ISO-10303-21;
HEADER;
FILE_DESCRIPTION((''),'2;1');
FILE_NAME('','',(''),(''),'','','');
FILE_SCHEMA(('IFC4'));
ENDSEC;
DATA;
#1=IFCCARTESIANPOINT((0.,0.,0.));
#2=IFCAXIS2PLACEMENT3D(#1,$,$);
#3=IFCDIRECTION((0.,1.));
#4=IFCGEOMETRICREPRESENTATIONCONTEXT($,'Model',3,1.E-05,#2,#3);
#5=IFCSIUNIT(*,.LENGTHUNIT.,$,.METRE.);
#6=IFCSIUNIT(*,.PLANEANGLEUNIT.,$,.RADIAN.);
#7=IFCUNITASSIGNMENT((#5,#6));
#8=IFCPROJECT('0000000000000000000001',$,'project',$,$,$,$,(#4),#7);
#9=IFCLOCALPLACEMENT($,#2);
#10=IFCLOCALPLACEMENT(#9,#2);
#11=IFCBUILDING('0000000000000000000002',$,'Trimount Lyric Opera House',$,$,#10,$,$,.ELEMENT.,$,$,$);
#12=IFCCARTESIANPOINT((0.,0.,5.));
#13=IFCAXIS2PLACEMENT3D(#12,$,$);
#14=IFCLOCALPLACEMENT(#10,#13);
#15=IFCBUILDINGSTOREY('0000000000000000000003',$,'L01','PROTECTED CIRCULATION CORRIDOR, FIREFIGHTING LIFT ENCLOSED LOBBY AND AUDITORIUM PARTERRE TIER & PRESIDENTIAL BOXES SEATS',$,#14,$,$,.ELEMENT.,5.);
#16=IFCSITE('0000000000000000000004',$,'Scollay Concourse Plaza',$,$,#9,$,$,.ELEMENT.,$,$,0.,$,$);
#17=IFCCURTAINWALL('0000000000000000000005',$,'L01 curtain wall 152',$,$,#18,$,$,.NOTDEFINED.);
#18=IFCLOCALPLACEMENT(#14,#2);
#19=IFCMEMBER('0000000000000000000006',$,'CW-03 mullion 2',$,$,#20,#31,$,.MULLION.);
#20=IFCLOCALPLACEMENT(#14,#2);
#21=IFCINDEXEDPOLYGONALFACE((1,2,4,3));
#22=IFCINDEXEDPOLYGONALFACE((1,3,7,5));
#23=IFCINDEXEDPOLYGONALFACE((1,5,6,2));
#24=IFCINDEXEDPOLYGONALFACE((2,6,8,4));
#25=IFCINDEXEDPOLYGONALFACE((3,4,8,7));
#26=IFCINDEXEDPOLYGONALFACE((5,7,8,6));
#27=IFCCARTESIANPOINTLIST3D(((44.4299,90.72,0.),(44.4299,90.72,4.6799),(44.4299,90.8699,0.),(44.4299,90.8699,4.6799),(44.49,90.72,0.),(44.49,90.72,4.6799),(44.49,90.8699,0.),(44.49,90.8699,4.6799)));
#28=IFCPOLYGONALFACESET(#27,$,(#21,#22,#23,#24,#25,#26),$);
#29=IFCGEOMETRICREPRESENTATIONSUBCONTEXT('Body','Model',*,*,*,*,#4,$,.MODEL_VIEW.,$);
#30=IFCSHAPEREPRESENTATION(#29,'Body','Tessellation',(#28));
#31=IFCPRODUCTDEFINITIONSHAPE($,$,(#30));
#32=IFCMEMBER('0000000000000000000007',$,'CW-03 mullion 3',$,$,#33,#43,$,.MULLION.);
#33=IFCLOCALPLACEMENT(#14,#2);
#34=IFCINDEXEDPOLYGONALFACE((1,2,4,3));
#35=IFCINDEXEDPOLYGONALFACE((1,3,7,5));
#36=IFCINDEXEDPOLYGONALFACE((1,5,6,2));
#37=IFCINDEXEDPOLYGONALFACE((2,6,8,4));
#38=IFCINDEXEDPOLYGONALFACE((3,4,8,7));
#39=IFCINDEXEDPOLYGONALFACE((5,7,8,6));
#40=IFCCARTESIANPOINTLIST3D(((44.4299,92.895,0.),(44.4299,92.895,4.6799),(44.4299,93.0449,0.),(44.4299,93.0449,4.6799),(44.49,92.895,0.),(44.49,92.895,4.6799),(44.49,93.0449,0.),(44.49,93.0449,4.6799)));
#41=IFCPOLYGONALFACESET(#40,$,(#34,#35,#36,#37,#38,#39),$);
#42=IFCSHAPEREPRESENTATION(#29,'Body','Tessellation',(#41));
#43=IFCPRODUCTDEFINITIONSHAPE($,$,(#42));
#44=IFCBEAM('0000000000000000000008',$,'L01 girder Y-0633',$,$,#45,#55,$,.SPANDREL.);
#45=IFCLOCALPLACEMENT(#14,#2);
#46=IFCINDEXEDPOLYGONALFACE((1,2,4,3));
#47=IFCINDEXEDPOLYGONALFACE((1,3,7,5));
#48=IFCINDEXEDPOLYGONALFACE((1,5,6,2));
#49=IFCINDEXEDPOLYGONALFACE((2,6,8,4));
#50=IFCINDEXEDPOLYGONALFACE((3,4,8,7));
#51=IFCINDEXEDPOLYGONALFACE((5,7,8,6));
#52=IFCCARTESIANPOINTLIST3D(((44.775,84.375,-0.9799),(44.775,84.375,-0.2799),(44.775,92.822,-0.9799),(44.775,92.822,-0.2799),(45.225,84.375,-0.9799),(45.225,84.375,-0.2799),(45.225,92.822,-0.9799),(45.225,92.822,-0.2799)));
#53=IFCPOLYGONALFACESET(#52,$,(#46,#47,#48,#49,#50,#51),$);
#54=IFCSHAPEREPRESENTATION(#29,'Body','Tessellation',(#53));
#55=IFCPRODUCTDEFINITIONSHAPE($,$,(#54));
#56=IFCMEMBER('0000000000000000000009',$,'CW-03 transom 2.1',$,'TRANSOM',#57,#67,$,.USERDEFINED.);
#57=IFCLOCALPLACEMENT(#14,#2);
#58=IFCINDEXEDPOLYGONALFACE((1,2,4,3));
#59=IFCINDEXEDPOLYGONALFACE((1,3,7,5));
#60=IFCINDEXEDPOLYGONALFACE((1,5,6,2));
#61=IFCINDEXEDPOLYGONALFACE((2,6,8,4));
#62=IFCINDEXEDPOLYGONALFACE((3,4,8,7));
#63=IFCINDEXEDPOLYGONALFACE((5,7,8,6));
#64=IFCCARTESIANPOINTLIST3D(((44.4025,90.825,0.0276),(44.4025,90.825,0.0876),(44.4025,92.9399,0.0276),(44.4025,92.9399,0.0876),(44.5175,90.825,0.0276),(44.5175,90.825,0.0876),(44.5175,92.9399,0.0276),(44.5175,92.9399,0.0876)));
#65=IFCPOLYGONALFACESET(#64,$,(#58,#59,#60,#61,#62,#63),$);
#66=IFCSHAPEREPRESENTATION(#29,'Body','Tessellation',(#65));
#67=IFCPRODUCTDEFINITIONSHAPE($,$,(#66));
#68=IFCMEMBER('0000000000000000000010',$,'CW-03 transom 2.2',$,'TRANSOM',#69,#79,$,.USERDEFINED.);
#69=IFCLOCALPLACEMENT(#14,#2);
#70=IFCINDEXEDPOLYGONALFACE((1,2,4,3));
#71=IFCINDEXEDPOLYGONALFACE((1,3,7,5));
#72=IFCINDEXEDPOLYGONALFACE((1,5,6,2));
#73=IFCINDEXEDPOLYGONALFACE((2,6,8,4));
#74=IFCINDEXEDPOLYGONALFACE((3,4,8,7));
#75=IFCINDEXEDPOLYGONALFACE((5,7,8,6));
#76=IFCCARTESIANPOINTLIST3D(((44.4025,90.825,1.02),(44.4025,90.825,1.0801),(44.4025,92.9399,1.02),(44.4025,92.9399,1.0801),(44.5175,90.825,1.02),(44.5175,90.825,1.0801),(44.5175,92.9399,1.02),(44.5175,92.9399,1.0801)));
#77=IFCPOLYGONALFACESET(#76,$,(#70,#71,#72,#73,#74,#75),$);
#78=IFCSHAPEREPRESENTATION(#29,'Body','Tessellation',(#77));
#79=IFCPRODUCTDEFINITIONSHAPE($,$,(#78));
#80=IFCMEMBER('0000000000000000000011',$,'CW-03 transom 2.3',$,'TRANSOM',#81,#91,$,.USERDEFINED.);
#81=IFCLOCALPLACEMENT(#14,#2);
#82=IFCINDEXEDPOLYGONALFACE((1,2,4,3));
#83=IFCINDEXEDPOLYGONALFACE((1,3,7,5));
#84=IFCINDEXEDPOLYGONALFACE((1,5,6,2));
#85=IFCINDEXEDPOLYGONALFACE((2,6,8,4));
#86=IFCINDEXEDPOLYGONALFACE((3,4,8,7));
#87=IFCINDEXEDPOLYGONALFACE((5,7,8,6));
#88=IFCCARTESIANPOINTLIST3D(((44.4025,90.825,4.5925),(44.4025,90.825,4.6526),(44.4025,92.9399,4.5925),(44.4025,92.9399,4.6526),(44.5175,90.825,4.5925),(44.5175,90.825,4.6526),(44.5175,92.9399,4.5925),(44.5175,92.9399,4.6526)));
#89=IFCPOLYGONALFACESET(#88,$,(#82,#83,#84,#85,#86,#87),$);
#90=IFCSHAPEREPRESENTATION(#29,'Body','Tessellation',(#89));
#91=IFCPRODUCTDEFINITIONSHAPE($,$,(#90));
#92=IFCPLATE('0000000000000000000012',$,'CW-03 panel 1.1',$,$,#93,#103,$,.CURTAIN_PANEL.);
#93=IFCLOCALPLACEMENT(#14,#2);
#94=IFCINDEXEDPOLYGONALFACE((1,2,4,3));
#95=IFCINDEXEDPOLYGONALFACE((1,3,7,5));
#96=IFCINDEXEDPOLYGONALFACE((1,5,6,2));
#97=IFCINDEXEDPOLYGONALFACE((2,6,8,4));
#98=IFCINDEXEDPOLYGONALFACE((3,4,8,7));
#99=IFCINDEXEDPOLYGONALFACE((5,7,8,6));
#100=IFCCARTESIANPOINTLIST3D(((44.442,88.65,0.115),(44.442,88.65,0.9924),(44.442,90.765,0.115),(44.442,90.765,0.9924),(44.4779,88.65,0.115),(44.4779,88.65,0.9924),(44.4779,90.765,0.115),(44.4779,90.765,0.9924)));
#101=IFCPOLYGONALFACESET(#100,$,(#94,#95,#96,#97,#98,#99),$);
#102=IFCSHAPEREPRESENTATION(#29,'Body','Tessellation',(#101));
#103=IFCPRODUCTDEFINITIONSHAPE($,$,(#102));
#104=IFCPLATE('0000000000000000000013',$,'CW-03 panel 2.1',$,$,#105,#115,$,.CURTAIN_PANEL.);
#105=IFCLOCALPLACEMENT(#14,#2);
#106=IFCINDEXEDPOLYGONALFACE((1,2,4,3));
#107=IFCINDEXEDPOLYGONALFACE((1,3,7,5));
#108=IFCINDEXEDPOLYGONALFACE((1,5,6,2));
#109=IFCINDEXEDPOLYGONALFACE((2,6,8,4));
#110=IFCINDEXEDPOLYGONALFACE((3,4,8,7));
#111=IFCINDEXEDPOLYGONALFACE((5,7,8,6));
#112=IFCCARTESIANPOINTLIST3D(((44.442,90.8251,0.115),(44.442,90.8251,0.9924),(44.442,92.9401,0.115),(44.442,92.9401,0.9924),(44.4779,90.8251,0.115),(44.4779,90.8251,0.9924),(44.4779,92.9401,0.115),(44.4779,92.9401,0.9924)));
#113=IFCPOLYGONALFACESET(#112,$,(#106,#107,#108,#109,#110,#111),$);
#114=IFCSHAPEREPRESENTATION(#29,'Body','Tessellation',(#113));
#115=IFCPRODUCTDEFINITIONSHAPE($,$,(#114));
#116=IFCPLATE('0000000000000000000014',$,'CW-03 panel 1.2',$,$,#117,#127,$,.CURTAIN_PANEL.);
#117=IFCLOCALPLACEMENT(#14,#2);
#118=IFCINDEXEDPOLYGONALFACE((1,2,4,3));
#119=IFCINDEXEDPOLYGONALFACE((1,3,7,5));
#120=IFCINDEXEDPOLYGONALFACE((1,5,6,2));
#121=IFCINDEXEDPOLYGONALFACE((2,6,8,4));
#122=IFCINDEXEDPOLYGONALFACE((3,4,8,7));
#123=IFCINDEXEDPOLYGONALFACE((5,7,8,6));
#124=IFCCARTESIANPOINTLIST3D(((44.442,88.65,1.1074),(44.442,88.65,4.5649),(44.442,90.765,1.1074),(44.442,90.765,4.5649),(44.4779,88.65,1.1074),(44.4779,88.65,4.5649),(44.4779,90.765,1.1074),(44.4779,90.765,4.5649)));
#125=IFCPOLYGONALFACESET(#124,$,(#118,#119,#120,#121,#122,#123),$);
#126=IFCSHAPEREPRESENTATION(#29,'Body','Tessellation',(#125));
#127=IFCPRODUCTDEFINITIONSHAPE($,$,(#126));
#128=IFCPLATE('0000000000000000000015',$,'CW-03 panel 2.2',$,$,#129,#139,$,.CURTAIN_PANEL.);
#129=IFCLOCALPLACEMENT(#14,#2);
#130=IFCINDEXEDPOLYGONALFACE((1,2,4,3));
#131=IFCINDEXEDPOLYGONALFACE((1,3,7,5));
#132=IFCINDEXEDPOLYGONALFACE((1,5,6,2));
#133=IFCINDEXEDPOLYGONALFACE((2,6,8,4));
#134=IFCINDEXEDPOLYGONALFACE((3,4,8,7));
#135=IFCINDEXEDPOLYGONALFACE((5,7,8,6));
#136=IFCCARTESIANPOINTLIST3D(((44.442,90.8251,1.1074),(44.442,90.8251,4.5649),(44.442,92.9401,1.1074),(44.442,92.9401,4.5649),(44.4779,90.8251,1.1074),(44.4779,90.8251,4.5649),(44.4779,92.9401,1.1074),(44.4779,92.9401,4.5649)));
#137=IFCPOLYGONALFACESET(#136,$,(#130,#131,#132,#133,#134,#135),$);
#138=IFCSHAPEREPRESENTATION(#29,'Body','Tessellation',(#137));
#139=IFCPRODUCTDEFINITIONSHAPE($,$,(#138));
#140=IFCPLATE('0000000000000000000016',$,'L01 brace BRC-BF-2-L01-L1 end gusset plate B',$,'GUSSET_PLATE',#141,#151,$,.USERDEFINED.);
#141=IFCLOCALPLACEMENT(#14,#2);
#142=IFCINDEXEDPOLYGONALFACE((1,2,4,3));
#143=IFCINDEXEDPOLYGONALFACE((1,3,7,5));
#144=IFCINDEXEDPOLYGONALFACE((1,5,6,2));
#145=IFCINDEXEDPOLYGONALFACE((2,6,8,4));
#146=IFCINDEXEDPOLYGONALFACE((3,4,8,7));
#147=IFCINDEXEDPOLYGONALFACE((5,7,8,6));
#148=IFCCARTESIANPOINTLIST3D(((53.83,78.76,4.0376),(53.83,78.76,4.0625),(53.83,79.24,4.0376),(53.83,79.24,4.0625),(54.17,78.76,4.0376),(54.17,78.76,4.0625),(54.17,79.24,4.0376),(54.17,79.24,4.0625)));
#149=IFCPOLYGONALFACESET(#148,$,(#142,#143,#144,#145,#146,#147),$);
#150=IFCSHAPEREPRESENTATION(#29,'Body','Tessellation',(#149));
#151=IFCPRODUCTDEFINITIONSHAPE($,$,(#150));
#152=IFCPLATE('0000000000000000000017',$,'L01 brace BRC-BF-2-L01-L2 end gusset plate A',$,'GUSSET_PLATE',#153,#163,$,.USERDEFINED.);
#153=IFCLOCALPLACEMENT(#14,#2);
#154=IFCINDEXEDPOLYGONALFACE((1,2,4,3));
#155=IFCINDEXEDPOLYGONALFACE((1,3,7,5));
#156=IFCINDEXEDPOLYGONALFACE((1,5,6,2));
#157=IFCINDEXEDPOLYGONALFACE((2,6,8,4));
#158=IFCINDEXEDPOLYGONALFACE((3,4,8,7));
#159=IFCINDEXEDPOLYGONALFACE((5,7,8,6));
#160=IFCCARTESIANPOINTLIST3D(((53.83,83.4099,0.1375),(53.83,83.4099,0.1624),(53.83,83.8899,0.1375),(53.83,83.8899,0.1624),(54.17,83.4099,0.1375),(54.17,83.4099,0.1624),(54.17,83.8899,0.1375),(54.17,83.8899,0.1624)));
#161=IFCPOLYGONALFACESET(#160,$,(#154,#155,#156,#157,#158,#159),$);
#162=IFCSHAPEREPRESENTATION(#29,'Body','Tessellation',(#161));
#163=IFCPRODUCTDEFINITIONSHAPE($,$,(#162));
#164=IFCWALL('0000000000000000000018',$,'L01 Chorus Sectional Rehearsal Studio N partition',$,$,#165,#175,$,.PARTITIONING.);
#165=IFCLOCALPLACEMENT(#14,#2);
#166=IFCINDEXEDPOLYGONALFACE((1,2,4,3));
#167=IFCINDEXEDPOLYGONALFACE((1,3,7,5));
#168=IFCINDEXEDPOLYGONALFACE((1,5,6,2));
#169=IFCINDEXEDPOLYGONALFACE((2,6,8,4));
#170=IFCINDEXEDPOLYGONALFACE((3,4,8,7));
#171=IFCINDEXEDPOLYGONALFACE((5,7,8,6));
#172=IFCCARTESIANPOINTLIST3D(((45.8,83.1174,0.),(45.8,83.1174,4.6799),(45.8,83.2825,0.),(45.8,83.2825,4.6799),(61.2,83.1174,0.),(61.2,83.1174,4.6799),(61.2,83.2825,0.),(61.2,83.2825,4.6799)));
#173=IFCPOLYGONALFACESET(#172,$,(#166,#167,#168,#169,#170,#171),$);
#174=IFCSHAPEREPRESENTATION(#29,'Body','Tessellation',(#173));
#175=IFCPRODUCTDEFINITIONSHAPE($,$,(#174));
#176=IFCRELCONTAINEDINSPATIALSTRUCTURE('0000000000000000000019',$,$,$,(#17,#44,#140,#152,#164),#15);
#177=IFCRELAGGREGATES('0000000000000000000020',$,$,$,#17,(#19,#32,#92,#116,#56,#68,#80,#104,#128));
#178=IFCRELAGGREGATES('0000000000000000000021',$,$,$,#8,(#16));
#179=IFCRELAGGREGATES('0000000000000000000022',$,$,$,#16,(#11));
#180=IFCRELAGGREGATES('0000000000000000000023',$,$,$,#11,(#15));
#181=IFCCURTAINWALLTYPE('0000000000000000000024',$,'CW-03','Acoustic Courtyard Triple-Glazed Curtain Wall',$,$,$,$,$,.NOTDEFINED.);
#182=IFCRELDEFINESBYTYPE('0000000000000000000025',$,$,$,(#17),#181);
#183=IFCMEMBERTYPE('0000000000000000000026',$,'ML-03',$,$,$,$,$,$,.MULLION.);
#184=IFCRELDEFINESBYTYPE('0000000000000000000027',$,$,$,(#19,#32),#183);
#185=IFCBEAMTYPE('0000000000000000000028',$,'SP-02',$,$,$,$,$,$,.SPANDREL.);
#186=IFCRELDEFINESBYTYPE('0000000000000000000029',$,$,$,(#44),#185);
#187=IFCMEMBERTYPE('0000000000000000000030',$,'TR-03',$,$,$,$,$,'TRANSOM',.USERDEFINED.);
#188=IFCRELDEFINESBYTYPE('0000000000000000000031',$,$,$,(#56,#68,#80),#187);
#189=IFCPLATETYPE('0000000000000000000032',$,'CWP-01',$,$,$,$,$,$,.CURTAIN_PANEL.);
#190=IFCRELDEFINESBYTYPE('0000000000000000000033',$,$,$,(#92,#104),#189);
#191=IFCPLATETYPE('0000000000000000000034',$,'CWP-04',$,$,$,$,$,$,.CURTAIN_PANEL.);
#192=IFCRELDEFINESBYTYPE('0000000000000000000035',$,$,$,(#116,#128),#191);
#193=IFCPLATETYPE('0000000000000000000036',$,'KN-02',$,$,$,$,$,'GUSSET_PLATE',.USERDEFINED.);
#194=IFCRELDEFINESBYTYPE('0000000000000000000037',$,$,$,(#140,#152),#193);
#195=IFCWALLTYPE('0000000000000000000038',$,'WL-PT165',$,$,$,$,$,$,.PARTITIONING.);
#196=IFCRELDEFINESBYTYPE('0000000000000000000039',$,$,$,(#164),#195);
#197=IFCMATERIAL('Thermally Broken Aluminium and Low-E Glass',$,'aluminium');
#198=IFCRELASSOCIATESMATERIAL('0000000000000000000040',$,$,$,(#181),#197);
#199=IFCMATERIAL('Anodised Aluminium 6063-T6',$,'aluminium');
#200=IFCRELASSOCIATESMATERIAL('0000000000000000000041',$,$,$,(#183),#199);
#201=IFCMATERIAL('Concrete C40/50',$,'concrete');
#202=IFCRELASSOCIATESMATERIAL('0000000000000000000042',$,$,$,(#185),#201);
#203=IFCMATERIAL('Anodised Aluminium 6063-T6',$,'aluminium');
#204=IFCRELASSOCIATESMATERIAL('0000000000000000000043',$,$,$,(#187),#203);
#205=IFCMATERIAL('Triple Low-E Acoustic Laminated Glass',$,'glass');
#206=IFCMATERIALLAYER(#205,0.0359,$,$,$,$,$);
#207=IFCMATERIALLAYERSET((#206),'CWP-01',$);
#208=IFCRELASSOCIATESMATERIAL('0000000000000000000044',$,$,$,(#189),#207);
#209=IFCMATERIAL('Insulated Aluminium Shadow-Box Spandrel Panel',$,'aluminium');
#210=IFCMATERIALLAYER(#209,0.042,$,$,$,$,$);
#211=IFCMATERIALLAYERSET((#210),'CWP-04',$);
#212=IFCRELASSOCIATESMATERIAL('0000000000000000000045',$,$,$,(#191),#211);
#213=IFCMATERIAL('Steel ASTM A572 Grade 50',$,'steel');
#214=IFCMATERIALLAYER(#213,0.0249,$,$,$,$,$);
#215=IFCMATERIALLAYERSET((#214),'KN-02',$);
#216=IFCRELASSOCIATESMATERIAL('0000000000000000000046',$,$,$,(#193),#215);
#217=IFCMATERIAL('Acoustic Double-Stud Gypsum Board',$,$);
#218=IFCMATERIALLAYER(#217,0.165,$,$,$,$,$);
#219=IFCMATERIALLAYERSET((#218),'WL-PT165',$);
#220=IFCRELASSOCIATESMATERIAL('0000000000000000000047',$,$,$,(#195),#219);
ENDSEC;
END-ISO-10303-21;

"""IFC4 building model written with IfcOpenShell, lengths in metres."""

from ifc_helpers import new_model, si_unit, direction, frame, frame_2d, origin, origin_2d, place, context, subcontext, project, spatial, rectangle, extrude, material, layer, layer_set, material_profile, profile_set, type_object, element, aggregate, save


model = new_model("IFC4")

# Units and contexts
model_context = context("Model", 3, precision=1e-05, world=origin(), true_north=direction((0.0, 1.0)))
body_context = subcontext(model_context, "Body", "Model", "MODEL_VIEW")
ifc_project = project(units=[si_unit("LENGTHUNIT", "METRE"), si_unit("PLANEANGLEUNIT", "RADIAN")], contexts=[model_context])

# Site, building, storey
site_placement = place(None, origin())
site = spatial("IfcSite", under=ifc_project, at=site_placement, Name="Scollay Concourse Plaza", CompositionType="ELEMENT", RefElevation=0.0)
building_placement = place(site_placement, origin())
building = spatial("IfcBuilding", under=site, at=building_placement, Name="Trimount Lyric Opera House", CompositionType="ELEMENT")
storey_placement = place(building_placement, frame((0.0, 0.0, 5.0)))
storey = spatial("IfcBuildingStorey", under=building, at=storey_placement, Name="L01", Description="PROTECTED CIRCULATION CORRIDOR, FIREFIGHTING LIFT ENCLOSED LOBBY AND AUDITORIUM PARTERRE TIER & PRESIDENTIAL BOXES SEATS", CompositionType="ELEMENT", Elevation=5.0)

# Curtain wall, members
ifc_material_1 = material(Name="Thermally Broken Aluminium and Low-E Glass", Category="aluminium")
curtain_wall_type = type_object("IfcCurtainWallType", Name="CW-03", Description="Acoustic Courtyard Triple-Glazed Curtain Wall", PredefinedType="NOTDEFINED", material=ifc_material_1)
curtain_wall_placement = place(storey_placement, origin())
curtain_wall = element("IfcCurtainWall", 1, at=curtain_wall_placement, inside=storey, type_object=curtain_wall_type, Name="L01 curtain wall 152", PredefinedType="NOTDEFINED")
ifc_material_2 = material(Name="Anodised Aluminium 6063-T6", Category="aluminium")
ifc_material_profile_1 = material_profile(ifc_material_2, rectangle(XDim=0.0601, YDim=0.1499, at=origin_2d()), Name="ALU-MULL-60X150")
ifc_profile_set_1 = profile_set([ifc_material_profile_1], Name="Anodised Aluminium 6063-T6")
member_type_1 = type_object("IfcMemberType", Name="ML-03", PredefinedType="MULLION", material=ifc_profile_set_1)
member_1_placement = place(storey_placement, frame((44.46, 90.7949, 0.0), z_axis=(0.0, 0.0, 1.0), x_axis=(-1.0, 0.0, 0.0)))
member_1 = element("IfcMember", 2, at=member_1_placement, type_object=member_type_1, Name="CW-03 mullion 2", PredefinedType="MULLION", context=body_context, shape_type="SweptSolid", body=[
    extrude(rectangle(XDim=0.0601, YDim=0.1499, at=origin_2d()), origin(), (0.0, 0.0, 1.0), 4.6799),
])
member_2_placement = place(storey_placement, frame((44.46, 92.97, 0.0), z_axis=(0.0, 0.0, 1.0), x_axis=(-1.0, 0.0, 0.0)))
member_2 = element("IfcMember", 3, at=member_2_placement, type_object=member_type_1, Name="CW-03 mullion 3", PredefinedType="MULLION", context=body_context, shape_type="SweptSolid", body=[
    extrude(rectangle(XDim=0.0601, YDim=0.1499, at=origin_2d()), origin(), (0.0, 0.0, 1.0), 4.6799),
])

# Beam
ifc_material_3 = material(Name="Concrete C40/50", Category="concrete")
ifc_material_profile_2 = material_profile(ifc_material_3, rectangle(XDim=0.45, YDim=0.7, at=origin_2d()), Name="RC450X700")
ifc_profile_set_2 = profile_set([ifc_material_profile_2], Name="Concrete C40/50")
beam_type_1 = type_object("IfcBeamType", Name="SP-02", PredefinedType="SPANDREL", material=ifc_profile_set_2)
beam_1_placement = place(storey_placement, frame((45.0, 84.375, -0.6299), z_axis=(0.0, 1.0, 0.0), x_axis=(-1.0, 0.0, 0.0)))
element("IfcBeam", 4, at=beam_1_placement, inside=storey, type_object=beam_type_1, Name="L01 girder Y-0633", PredefinedType="SPANDREL", context=body_context, shape_type="SweptSolid", body=[
    extrude(rectangle(XDim=0.45, YDim=0.7, at=origin_2d()), origin(), (0.0, 0.0, 1.0), 8.447),
])

# Members
ifc_material_4 = material(Name="Anodised Aluminium 6063-T6", Category="aluminium")
ifc_material_profile_3 = material_profile(ifc_material_4, rectangle(XDim=0.115, YDim=0.0601, at=origin_2d()), Name="ALU-TRAN-60X115")
ifc_profile_set_3 = profile_set([ifc_material_profile_3], Name="Anodised Aluminium 6063-T6")
member_type_2 = type_object("IfcMemberType", Name="TR-03", ElementType="TRANSOM", PredefinedType="USERDEFINED", material=ifc_profile_set_3)
member_3_placement = place(storey_placement, frame((44.46, 90.825, 0.0576), z_axis=(0.0, 1.0, 0.0), x_axis=(-1.0, 0.0, 0.0)))
member_3 = element("IfcMember", 5, at=member_3_placement, type_object=member_type_2, Name="CW-03 transom 2.1", ObjectType="TRANSOM", PredefinedType="USERDEFINED", context=body_context, shape_type="SweptSolid", body=[
    extrude(rectangle(XDim=0.115, YDim=0.0601, at=origin_2d()), origin(), (0.0, 0.0, 1.0), 2.115),
])
member_4_placement = place(storey_placement, frame((44.46, 90.825, 1.05), z_axis=(0.0, 1.0, 0.0), x_axis=(-1.0, 0.0, 0.0)))
member_4 = element("IfcMember", 6, at=member_4_placement, type_object=member_type_2, Name="CW-03 transom 2.2", ObjectType="TRANSOM", PredefinedType="USERDEFINED", context=body_context, shape_type="SweptSolid", body=[
    extrude(rectangle(XDim=0.115, YDim=0.0601, at=origin_2d()), origin(), (0.0, 0.0, 1.0), 2.115),
])
member_5_placement = place(storey_placement, frame((44.46, 90.825, 4.6226), z_axis=(0.0, 1.0, 0.0), x_axis=(-1.0, 0.0, 0.0)))
member_5 = element("IfcMember", 7, at=member_5_placement, type_object=member_type_2, Name="CW-03 transom 2.3", ObjectType="TRANSOM", PredefinedType="USERDEFINED", context=body_context, shape_type="SweptSolid", body=[
    extrude(rectangle(XDim=0.115, YDim=0.0601, at=origin_2d()), origin(), (0.0, 0.0, 1.0), 2.115),
])

# Plates
ifc_material_5 = material(Name="Triple Low-E Acoustic Laminated Glass", Category="glass")
ifc_layer_1 = layer(ifc_material_5, 0.0359)
ifc_layer_set_1 = layer_set([ifc_layer_1], Name="CWP-01")
plate_type_1 = type_object("IfcPlateType", Name="CWP-01", PredefinedType="CURTAIN_PANEL", material=ifc_layer_set_1)
plate_1_placement = place(storey_placement, frame((44.46, 89.7075, 0.115), z_axis=(0.0, 0.0, 1.0), x_axis=(0.0, 1.0, 0.0)))
plate_1 = element("IfcPlate", 8, at=plate_1_placement, type_object=plate_type_1, Name="CW-03 panel 1.1", PredefinedType="CURTAIN_PANEL", context=body_context, shape_type="SweptSolid", body=[
    extrude(rectangle(XDim=2.115, YDim=0.0359, at=origin_2d()), origin(), (0.0, 0.0, 1.0), 0.8774),
])
plate_2_placement = place(storey_placement, frame((44.46, 91.8826, 0.115), z_axis=(0.0, 0.0, 1.0), x_axis=(0.0, 1.0, 0.0)))
plate_2 = element("IfcPlate", 9, at=plate_2_placement, type_object=plate_type_1, Name="CW-03 panel 2.1", PredefinedType="CURTAIN_PANEL", context=body_context, shape_type="SweptSolid", body=[
    extrude(rectangle(XDim=2.115, YDim=0.0359, at=origin_2d()), origin(), (0.0, 0.0, 1.0), 0.8774),
])
ifc_material_6 = material(Name="Insulated Aluminium Shadow-Box Spandrel Panel", Category="aluminium")
ifc_layer_2 = layer(ifc_material_6, 0.042)
ifc_layer_set_2 = layer_set([ifc_layer_2], Name="CWP-04")
plate_type_2 = type_object("IfcPlateType", Name="CWP-04", PredefinedType="CURTAIN_PANEL", material=ifc_layer_set_2)
plate_3_placement = place(storey_placement, frame((44.46, 89.7075, 1.1074), z_axis=(0.0, 0.0, 1.0), x_axis=(0.0, 1.0, 0.0)))
plate_3 = element("IfcPlate", 10, at=plate_3_placement, type_object=plate_type_2, Name="CW-03 panel 1.2", PredefinedType="CURTAIN_PANEL", context=body_context, shape_type="SweptSolid", body=[
    extrude(rectangle(XDim=2.115, YDim=0.0359, at=origin_2d()), origin(), (0.0, 0.0, 1.0), 3.4575),
])
plate_4_placement = place(storey_placement, frame((44.46, 91.8826, 1.1074), z_axis=(0.0, 0.0, 1.0), x_axis=(0.0, 1.0, 0.0)))
plate_4 = element("IfcPlate", 11, at=plate_4_placement, type_object=plate_type_2, Name="CW-03 panel 2.2", PredefinedType="CURTAIN_PANEL", context=body_context, shape_type="SweptSolid", body=[
    extrude(rectangle(XDim=2.115, YDim=0.0359, at=origin_2d()), origin(), (0.0, 0.0, 1.0), 3.4575),
])
aggregate(curtain_wall, [member_1, member_2, plate_1, plate_3, member_3, member_4, member_5, plate_2, plate_4])

# Plates
ifc_material_7 = material(Name="Steel ASTM A572 Grade 50", Category="steel")
ifc_layer_3 = layer(ifc_material_7, 0.0249)
ifc_layer_set_3 = layer_set([ifc_layer_3], Name="KN-02")
plate_type_3 = type_object("IfcPlateType", Name="KN-02", ElementType="GUSSET_PLATE", PredefinedType="USERDEFINED", material=ifc_layer_set_3)
for number, where, z_axis, x_axis, name in (
    (12, (54.0, 79.0, 4.0376), (0.0, 0.0, 1.0), (0.0, 1.0, 0.0), "L01 brace BRC-BF-2-L01-L1 end gusset plate B"),
    (13, (54.0, 83.6499, 0.1375), (0.0, 0.0, 1.0), (0.0, -1.0, 0.0), "L01 brace BRC-BF-2-L01-L2 end gusset plate A"),
):
    element("IfcPlate", number, at=place(storey_placement, frame(where, z_axis=z_axis, x_axis=x_axis)), inside=storey, type_object=plate_type_3, Name=name, ObjectType="GUSSET_PLATE", PredefinedType="USERDEFINED", context=body_context, shape_type="SweptSolid", body=[
        extrude(rectangle(XDim=0.48, YDim=0.3401, at=origin_2d()), origin(), (0.0, 0.0, 1.0), 0.0249),
    ])

# Wall
ifc_material_8 = material(Name="Acoustic Double-Stud Gypsum Board")
ifc_layer_4 = layer(ifc_material_8, 0.165)
ifc_layer_set_4 = layer_set([ifc_layer_4], Name="WL-PT165")
wall_type_1 = type_object("IfcWallType", Name="WL-PT165", PredefinedType="PARTITIONING", material=ifc_layer_set_4)
wall_1_placement = place(storey_placement, frame((61.2, 83.2, 0.0), z_axis=(0.0, 0.0, 1.0), x_axis=(-1.0, 0.0, 0.0)))
element("IfcWall", 14, at=wall_1_placement, inside=storey, type_object=wall_type_1, Name="L01 Chorus Sectional Rehearsal Studio N partition", PredefinedType="PARTITIONING", context=body_context, shape_type="SweptSolid", body=[
    extrude(rectangle(XDim=15.3999, YDim=0.165, at=frame_2d((7.7, 0.0))), origin(), (0.0, 0.0, 1.0), 4.6799),
])

save(model, "model.ifc")
